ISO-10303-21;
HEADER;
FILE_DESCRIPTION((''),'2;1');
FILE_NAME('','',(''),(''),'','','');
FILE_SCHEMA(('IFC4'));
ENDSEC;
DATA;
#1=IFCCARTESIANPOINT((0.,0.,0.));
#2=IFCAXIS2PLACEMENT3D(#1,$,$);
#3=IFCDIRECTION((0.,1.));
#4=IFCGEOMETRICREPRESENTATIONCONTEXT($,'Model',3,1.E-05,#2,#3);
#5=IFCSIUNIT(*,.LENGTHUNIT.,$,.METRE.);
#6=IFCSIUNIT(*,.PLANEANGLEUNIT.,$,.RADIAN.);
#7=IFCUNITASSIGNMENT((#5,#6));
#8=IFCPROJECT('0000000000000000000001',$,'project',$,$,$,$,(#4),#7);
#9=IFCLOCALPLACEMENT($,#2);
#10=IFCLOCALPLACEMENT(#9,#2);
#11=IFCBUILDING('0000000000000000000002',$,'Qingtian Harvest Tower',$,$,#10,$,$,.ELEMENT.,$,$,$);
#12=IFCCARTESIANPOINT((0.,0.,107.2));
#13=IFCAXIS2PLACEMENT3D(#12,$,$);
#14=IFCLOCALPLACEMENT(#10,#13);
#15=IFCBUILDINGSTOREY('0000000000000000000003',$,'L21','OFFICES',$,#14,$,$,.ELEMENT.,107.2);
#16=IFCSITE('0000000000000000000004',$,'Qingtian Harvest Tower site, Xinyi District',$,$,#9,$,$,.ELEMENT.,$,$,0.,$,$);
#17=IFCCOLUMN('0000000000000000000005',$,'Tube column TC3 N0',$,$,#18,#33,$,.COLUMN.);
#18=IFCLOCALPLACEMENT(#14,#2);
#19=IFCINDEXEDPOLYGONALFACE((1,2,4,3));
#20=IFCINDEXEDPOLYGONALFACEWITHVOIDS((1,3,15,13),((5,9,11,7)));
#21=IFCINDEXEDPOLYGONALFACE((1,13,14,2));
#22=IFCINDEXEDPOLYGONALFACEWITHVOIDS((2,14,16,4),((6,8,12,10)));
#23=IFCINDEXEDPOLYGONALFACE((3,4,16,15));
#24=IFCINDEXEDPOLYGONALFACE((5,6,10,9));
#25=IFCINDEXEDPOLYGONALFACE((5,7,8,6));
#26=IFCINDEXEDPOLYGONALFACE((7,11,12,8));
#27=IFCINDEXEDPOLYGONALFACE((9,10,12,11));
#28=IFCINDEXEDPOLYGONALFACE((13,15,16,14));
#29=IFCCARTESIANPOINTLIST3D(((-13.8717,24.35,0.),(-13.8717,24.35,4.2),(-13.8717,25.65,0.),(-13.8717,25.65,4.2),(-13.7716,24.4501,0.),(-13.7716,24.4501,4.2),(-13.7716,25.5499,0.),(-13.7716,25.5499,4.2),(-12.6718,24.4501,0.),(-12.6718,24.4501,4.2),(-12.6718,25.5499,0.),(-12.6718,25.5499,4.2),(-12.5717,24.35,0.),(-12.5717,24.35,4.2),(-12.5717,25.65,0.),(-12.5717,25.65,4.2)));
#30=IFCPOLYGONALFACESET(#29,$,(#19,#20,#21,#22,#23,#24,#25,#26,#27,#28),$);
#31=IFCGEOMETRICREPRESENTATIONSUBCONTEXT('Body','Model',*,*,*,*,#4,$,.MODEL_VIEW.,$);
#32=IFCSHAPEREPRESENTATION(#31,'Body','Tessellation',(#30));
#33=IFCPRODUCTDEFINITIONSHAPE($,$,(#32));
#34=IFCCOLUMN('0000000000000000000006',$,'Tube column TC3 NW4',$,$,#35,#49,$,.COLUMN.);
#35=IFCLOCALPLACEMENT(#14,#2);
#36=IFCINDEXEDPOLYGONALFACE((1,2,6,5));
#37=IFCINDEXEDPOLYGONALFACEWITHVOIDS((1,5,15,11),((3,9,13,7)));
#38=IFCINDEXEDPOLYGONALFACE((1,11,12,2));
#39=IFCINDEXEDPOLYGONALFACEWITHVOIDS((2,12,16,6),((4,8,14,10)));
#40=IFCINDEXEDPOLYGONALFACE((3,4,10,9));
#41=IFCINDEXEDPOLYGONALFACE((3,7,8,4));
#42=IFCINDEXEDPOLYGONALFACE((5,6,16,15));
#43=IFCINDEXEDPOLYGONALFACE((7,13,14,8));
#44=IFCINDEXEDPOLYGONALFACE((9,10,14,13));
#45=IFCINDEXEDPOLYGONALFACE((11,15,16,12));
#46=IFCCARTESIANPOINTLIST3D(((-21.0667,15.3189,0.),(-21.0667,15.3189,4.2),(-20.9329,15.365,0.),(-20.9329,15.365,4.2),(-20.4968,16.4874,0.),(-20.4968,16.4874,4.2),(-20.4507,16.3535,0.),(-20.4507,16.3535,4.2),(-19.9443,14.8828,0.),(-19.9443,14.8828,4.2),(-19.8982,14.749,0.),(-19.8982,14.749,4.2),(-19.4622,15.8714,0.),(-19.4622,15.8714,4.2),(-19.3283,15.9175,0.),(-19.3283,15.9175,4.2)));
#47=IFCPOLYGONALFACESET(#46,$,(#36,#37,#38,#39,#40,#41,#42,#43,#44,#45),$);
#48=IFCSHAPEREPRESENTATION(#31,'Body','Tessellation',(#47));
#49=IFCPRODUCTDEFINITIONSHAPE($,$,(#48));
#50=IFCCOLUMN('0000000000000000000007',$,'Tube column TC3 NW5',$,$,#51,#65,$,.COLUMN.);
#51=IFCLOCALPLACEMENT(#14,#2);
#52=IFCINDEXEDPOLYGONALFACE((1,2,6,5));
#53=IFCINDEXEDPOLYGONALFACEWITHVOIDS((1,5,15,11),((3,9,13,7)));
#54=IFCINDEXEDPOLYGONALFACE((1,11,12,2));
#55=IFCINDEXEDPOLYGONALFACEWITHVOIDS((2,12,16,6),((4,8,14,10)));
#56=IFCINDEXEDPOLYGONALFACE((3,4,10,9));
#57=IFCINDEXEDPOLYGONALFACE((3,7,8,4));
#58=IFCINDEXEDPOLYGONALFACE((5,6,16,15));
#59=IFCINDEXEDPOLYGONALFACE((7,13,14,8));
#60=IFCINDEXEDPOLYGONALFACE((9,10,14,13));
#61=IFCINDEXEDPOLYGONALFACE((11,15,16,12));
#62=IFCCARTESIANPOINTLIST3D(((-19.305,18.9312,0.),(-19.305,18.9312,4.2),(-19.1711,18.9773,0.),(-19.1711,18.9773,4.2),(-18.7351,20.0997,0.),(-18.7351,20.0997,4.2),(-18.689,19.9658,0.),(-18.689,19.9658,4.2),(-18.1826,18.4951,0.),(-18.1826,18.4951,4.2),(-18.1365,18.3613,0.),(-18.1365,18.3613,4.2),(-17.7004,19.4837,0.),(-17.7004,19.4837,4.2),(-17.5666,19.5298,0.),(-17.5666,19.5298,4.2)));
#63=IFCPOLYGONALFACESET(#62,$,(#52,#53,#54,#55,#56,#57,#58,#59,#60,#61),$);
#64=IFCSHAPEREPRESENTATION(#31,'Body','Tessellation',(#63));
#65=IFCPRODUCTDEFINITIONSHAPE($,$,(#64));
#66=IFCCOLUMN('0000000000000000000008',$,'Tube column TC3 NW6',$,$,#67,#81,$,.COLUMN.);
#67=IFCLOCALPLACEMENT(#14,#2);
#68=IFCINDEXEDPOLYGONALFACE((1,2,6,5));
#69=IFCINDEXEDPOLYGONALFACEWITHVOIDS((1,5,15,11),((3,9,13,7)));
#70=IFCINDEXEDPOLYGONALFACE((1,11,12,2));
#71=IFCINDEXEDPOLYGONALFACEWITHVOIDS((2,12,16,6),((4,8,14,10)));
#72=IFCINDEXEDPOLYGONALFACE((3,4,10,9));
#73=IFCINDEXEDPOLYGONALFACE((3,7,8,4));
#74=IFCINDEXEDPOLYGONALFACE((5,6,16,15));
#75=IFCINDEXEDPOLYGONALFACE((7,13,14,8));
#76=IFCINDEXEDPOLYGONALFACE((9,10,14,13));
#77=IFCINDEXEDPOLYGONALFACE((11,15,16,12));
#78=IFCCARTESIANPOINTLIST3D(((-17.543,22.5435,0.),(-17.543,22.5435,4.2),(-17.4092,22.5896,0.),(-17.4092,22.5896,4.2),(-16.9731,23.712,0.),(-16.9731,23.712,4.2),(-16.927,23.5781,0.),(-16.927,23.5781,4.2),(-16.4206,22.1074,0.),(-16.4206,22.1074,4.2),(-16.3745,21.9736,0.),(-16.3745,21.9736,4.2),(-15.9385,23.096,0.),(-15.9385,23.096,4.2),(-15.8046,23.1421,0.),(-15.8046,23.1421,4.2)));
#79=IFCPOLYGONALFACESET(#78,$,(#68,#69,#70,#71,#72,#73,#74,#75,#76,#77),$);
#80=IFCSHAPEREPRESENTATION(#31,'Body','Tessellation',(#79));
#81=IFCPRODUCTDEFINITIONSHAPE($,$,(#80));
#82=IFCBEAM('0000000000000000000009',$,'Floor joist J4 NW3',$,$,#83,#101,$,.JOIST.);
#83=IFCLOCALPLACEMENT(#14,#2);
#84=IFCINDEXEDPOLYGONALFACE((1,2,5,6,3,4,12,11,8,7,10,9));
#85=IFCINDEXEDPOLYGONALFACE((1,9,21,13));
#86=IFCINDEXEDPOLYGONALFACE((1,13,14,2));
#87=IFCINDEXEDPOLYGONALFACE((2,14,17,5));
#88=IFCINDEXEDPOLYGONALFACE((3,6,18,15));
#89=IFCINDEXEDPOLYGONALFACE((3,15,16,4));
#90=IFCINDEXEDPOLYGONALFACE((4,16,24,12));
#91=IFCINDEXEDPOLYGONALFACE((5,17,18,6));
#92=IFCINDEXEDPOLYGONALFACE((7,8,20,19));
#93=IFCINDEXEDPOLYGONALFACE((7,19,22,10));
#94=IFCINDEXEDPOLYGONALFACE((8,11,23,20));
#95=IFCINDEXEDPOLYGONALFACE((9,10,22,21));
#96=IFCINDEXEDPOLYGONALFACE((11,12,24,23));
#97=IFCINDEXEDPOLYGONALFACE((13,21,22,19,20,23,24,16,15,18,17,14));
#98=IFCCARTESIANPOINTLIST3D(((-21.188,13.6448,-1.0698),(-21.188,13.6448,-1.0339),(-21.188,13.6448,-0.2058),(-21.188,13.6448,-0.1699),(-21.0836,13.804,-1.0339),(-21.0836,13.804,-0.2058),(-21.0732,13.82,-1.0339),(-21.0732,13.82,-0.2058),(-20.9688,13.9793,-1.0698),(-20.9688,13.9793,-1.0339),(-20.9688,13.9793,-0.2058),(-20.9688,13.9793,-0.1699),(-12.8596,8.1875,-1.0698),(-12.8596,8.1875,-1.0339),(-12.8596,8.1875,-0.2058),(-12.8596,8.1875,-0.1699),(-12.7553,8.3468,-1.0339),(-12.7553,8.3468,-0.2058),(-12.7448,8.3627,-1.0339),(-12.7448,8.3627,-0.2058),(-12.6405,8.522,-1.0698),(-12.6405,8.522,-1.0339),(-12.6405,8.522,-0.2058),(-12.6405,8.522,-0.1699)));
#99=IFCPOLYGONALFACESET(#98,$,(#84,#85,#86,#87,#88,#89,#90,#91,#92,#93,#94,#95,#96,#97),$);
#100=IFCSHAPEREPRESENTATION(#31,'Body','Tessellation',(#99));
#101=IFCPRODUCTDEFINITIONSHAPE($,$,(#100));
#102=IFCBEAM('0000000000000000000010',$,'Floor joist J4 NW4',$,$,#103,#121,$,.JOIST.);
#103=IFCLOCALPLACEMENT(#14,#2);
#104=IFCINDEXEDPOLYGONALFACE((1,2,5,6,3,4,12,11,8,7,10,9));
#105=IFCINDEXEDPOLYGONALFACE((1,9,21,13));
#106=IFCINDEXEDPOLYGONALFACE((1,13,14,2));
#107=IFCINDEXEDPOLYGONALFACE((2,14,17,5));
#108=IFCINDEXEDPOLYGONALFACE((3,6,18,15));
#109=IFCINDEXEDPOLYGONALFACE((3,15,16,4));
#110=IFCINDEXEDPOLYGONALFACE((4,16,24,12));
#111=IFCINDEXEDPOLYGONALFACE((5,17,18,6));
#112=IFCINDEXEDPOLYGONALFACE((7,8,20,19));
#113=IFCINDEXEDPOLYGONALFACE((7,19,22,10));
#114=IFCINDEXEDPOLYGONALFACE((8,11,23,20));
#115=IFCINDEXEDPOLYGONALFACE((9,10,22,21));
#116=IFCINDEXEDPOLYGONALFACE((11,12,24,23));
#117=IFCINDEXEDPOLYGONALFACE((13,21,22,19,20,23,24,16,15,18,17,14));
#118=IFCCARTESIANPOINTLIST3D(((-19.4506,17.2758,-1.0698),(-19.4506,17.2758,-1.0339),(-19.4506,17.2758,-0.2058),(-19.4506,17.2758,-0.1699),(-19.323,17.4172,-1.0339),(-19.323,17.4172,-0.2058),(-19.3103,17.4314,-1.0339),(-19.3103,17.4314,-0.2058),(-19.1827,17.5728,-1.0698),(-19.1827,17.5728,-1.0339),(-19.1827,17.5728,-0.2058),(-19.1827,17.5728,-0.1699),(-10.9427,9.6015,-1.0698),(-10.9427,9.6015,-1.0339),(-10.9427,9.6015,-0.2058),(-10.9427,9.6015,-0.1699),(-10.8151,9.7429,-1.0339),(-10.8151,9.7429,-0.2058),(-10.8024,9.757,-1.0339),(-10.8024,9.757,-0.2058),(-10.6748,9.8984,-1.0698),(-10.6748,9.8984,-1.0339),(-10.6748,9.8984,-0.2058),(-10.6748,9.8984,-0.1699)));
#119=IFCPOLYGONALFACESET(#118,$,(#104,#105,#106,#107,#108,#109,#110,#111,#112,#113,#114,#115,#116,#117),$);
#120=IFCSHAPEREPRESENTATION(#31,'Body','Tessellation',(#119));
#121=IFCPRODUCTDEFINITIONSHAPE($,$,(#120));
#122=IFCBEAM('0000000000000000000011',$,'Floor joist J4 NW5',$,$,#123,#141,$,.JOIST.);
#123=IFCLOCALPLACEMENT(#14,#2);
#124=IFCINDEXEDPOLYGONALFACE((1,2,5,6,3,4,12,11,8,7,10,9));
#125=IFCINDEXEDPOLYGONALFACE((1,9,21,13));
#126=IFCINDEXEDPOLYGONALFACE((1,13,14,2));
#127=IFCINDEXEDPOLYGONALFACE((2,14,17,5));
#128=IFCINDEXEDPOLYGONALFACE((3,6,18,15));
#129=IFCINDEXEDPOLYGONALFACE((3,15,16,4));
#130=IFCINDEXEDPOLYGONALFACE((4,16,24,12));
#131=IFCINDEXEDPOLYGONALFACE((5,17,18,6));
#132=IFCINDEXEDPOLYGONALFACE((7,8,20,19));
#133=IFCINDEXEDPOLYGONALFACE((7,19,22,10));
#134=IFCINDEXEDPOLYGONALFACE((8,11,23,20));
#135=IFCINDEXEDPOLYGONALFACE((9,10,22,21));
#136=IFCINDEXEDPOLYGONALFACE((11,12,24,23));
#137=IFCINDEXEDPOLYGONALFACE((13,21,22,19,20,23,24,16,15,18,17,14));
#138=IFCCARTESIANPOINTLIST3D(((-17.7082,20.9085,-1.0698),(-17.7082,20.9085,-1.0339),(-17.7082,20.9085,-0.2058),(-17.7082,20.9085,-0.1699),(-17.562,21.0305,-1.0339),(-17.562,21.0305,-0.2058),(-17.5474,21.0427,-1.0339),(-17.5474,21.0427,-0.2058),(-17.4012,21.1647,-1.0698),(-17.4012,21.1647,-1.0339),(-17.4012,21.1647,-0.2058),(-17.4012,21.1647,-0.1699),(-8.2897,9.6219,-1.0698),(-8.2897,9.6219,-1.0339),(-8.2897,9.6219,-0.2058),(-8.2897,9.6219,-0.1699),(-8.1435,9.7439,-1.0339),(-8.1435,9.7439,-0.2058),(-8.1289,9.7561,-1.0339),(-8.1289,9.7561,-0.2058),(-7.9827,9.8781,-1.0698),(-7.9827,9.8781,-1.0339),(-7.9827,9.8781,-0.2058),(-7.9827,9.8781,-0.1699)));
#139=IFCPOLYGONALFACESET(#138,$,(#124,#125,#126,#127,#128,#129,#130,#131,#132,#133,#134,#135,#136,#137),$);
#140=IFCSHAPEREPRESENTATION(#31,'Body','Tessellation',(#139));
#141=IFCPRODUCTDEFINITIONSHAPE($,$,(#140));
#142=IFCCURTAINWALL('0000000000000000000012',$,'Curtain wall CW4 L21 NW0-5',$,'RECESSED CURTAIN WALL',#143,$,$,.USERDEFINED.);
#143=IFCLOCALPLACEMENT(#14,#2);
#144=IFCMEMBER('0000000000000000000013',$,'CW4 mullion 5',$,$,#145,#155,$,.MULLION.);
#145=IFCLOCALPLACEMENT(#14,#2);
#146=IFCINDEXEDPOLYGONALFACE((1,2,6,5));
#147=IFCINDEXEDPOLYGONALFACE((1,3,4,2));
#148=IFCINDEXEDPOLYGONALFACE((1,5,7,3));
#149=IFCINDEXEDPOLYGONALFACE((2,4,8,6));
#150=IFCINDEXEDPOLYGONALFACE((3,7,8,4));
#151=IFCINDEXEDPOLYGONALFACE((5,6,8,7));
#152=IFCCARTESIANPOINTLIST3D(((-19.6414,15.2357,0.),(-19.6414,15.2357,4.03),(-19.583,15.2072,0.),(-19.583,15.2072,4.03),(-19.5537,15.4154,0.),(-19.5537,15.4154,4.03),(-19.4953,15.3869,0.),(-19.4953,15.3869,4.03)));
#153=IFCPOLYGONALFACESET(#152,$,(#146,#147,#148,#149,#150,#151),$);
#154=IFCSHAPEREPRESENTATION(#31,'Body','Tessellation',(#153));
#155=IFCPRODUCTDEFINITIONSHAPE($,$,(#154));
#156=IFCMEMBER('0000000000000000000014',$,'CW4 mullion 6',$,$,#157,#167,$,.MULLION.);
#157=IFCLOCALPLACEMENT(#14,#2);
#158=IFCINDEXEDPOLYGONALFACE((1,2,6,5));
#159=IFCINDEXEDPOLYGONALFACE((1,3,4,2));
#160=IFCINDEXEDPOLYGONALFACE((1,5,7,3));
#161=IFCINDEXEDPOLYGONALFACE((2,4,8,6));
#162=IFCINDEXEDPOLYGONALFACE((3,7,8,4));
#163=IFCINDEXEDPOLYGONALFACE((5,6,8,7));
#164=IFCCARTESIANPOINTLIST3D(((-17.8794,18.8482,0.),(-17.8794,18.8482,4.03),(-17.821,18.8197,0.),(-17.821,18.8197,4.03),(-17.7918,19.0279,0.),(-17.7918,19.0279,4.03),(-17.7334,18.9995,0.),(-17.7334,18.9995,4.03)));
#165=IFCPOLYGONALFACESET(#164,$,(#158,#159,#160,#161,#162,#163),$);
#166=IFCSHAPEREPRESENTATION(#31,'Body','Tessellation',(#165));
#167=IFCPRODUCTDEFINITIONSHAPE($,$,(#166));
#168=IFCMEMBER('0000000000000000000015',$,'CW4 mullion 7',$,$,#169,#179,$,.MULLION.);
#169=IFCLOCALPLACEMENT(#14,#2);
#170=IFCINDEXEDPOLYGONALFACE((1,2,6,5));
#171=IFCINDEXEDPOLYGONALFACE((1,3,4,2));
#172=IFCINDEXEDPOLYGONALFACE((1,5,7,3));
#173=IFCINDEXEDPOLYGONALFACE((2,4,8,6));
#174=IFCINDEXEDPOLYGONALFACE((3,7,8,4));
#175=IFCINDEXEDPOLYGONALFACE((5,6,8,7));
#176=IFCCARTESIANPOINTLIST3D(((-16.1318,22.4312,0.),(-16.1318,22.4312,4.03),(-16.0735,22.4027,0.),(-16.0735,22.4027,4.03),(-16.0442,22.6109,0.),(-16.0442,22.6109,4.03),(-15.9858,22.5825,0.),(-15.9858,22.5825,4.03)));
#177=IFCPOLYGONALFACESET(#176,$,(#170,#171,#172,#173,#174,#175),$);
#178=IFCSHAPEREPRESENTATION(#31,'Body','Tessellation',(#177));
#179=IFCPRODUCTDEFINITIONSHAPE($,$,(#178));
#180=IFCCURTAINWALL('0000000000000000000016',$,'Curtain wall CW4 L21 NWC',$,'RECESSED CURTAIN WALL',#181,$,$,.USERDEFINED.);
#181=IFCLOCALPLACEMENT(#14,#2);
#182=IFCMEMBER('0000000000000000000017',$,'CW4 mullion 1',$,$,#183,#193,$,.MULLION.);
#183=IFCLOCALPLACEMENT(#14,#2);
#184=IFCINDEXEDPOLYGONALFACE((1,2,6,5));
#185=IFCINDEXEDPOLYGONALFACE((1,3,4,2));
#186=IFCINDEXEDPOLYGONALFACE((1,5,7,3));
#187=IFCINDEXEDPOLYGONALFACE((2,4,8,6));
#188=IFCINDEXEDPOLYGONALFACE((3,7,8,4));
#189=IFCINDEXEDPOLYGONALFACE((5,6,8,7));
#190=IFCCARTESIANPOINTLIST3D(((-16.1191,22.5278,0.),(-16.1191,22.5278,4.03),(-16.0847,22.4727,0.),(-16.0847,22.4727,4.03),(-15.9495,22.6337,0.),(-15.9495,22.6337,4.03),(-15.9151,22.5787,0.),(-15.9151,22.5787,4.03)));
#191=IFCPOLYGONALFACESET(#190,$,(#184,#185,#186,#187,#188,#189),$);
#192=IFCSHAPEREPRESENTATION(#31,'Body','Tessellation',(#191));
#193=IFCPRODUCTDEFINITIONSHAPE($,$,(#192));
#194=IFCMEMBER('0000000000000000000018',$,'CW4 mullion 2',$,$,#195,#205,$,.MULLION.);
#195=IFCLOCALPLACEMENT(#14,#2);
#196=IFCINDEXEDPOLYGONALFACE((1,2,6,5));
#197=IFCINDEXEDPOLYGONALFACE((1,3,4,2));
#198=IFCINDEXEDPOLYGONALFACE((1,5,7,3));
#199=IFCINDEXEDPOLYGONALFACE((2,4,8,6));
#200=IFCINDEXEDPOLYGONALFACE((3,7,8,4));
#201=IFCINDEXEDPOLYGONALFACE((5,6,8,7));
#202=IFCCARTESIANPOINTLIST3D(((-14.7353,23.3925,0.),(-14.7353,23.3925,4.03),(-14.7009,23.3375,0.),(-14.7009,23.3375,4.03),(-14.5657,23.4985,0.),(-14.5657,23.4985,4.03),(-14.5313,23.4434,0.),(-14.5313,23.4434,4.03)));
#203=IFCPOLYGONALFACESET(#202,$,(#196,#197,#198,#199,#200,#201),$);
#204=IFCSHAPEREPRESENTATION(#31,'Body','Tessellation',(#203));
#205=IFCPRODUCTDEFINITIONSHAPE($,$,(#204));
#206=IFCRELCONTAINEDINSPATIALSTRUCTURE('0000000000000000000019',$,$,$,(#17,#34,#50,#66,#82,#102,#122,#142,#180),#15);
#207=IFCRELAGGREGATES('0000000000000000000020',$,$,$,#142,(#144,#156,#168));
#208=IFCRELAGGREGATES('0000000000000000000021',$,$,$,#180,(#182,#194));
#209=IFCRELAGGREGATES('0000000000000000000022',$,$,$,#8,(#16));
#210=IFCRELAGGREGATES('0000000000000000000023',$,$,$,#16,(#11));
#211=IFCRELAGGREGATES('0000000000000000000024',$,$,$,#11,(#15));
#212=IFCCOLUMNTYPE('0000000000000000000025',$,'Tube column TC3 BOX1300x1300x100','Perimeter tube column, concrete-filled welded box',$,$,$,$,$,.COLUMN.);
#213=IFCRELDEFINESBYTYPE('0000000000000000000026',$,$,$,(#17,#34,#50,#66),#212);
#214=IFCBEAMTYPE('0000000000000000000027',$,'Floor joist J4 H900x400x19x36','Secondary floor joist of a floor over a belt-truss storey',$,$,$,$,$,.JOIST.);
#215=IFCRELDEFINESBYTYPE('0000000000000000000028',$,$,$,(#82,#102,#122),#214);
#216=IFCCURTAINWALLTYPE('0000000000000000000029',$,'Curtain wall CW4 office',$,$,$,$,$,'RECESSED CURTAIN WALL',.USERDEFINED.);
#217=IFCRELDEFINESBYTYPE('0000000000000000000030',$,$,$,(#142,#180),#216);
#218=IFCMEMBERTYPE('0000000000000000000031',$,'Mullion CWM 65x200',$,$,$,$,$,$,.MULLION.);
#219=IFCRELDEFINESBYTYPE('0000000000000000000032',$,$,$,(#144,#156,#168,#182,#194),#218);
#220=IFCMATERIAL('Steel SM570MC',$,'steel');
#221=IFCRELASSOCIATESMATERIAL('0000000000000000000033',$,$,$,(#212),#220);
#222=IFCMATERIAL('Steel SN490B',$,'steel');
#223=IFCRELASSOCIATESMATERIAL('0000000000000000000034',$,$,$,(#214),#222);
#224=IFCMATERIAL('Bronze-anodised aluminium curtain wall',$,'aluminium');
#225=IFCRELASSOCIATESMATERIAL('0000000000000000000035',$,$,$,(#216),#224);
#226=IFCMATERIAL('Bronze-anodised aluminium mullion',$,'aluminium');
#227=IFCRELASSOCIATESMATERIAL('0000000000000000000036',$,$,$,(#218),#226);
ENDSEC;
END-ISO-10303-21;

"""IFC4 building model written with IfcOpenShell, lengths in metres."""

from ifc_helpers import new_model, si_unit, direction, frame, origin, origin_2d, place, context, subcontext, project, spatial, rectangle, hollow_rectangle, i_section, extrude, material, material_profile, profile_set, type_object, element, aggregate, save


model = new_model("IFC4")

# Units and contexts
model_context = context("Model", 3, precision=1e-05, world=origin(), true_north=direction((0.0, 1.0)))
body_context = subcontext(model_context, "Body", "Model", "MODEL_VIEW")
ifc_project = project(units=[si_unit("LENGTHUNIT", "METRE"), si_unit("PLANEANGLEUNIT", "RADIAN")], contexts=[model_context])

# Site, building, storey
site_placement = place(None, origin())
site = spatial("IfcSite", under=ifc_project, at=site_placement, Name="Qingtian Harvest Tower site, Xinyi District", CompositionType="ELEMENT", RefElevation=0.0)
building_placement = place(site_placement, origin())
building = spatial("IfcBuilding", under=site, at=building_placement, Name="Qingtian Harvest Tower", CompositionType="ELEMENT")
storey_placement = place(building_placement, frame((0.0, 0.0, 107.2)))
storey = spatial("IfcBuildingStorey", under=building, at=storey_placement, Name="L21", Description="OFFICES", CompositionType="ELEMENT", Elevation=107.2)

# Columns
ifc_material_1 = material(Name="Steel SM570MC", Category="steel")
ifc_material_profile_1 = material_profile(ifc_material_1, hollow_rectangle(XDim=1.3, YDim=1.3, WallThickness=0.1001, at=origin_2d()), Name="BOX1300x1300x100")
ifc_profile_set_1 = profile_set([ifc_material_profile_1], Name="Steel SM570MC")
column_type = type_object("IfcColumnType", Name="Tube column TC3 BOX1300x1300x100", Description="Perimeter tube column, concrete-filled welded box", PredefinedType="COLUMN", material=ifc_profile_set_1)
for number, where, z_axis, x_axis, name in (
    (1, (-13.2217, 25.0, 0.0), (0.0, 0.0, 1.0), (-1.0, 0.0, 0.0), "Tube column TC3 N0"),
    (2, (-20.1975, 15.6182, 0.0), (0.0, 0.0, 1.0), (-0.438371, -0.898794, 0.0), "Tube column TC3 NW4"),
    (3, (-18.4358, 19.2305, 0.0), (0.0, 0.0, 1.0), (-0.438371, -0.898794, 0.0), "Tube column TC3 NW5"),
    (4, (-16.6738, 22.8428, 0.0), (0.0, 0.0, 1.0), (-0.438371, -0.898794, 0.0), "Tube column TC3 NW6"),
):
    element("IfcColumn", number, at=place(storey_placement, frame(where, z_axis=z_axis, x_axis=x_axis)), inside=storey, type_object=column_type, Name=name, PredefinedType="COLUMN", context=body_context, shape_type="SweptSolid", body=[
        extrude(hollow_rectangle(XDim=1.3, YDim=1.3, WallThickness=0.1001, at=origin_2d()), origin(), (0.0, 0.0, 1.0), 4.2),
    ])

# Beams
ifc_material_2 = material(Name="Steel SN490B", Category="steel")
ifc_material_profile_2 = material_profile(ifc_material_2, i_section(OverallWidth=0.3999, OverallDepth=0.8999, WebThickness=0.019, FlangeThickness=0.0359, at=origin_2d()), Name="H900x400x19x36")
ifc_profile_set_2 = profile_set([ifc_material_profile_2], Name="Steel SN490B")
beam_type_1 = type_object("IfcBeamType", Name="Floor joist J4 H900x400x19x36", Description="Secondary floor joist of a floor over a belt-truss storey", PredefinedType="JOIST", material=ifc_profile_set_2)
beam_1_placement = place(storey_placement, frame((-21.0784, 13.812, -0.6199), z_axis=(0.836426, -0.548079, 0.0), x_axis=(0.548079, 0.836426, 0.0)))
element("IfcBeam", 5, at=beam_1_placement, inside=storey, type_object=beam_type_1, Name="Floor joist J4 NW3", PredefinedType="JOIST", context=body_context, shape_type="SweptSolid", body=[
    extrude(i_section(OverallWidth=0.3999, OverallDepth=0.8999, WebThickness=0.019, FlangeThickness=0.0359, at=origin_2d()), origin(), (0.0, 0.0, 1.0), 9.957),
])
beam_2_placement = place(storey_placement, frame((-19.3167, 17.4243, -0.6199), z_axis=(0.742544, -0.669798, 0.0), x_axis=(0.669798, 0.742544, 0.0)))
element("IfcBeam", 6, at=beam_2_placement, inside=storey, type_object=beam_type_1, Name="Floor joist J4 NW4", PredefinedType="JOIST", context=body_context, shape_type="SweptSolid", body=[
    extrude(i_section(OverallWidth=0.3999, OverallDepth=0.8999, WebThickness=0.019, FlangeThickness=0.0359, at=origin_2d()), origin(), (0.0, 0.0, 1.0), 11.4578),
])
beam_3_placement = place(storey_placement, frame((-17.5547, 21.0366, -0.6199), z_axis=(0.640704, -0.767788, 0.0), x_axis=(0.767788, 0.640704, 0.0)))
element("IfcBeam", 7, at=beam_3_placement, inside=storey, type_object=beam_type_1, Name="Floor joist J4 NW5", PredefinedType="JOIST", context=body_context, shape_type="SweptSolid", body=[
    extrude(i_section(OverallWidth=0.3999, OverallDepth=0.8999, WebThickness=0.019, FlangeThickness=0.0359, at=origin_2d()), origin(), (0.0, 0.0, 1.0), 14.7002),
])

# Curtain walls, members
ifc_material_3 = material(Name="Bronze-anodised aluminium curtain wall", Category="aluminium")
curtain_wall_type = type_object("IfcCurtainWallType", Name="Curtain wall CW4 office", ElementType="RECESSED CURTAIN WALL", PredefinedType="USERDEFINED", material=ifc_material_3)
curtain_wall_1_placement = place(storey_placement, origin())
curtain_wall_1 = element("IfcCurtainWall", 8, at=curtain_wall_1_placement, inside=storey, type_object=curtain_wall_type, Name="Curtain wall CW4 L21 NW0-5", ObjectType="RECESSED CURTAIN WALL", PredefinedType="USERDEFINED")
ifc_material_4 = material(Name="Bronze-anodised aluminium mullion", Category="aluminium")
ifc_material_profile_3 = material_profile(ifc_material_4, rectangle(XDim=0.0649, YDim=0.2, at=origin_2d()), Name="AL 65x200")
ifc_profile_set_3 = profile_set([ifc_material_profile_3], Name="Bronze-anodised aluminium mullion")
member_type_1 = type_object("IfcMemberType", Name="Mullion CWM 65x200", PredefinedType="MULLION", material=ifc_profile_set_3)
member_1_placement = place(storey_placement, frame((-19.5684, 15.3113, 0.0), z_axis=(0.0, 0.0, 1.0), x_axis=(-0.898794, 0.438371, 0.0)))
member_1 = element("IfcMember", 9, at=member_1_placement, type_object=member_type_1, Name="CW4 mullion 5", PredefinedType="MULLION", context=body_context, shape_type="SweptSolid", body=[
    extrude(rectangle(XDim=0.0649, YDim=0.2, at=origin_2d()), origin(), (0.0, 0.0, 1.0), 4.03),
])
member_2_placement = place(storey_placement, frame((-17.8064, 18.9238, 0.0), z_axis=(0.0, 0.0, 1.0), x_axis=(-0.898794, 0.438371, 0.0)))
member_2 = element("IfcMember", 10, at=member_2_placement, type_object=member_type_1, Name="CW4 mullion 6", PredefinedType="MULLION", context=body_context, shape_type="SweptSolid", body=[
    extrude(rectangle(XDim=0.0649, YDim=0.2, at=origin_2d()), origin(), (0.0, 0.0, 1.0), 4.03),
])
member_3_placement = place(storey_placement, frame((-16.0588, 22.5068, 0.0), z_axis=(0.0, 0.0, 1.0), x_axis=(-0.898794, 0.438371, 0.0)))
member_3 = element("IfcMember", 11, at=member_3_placement, type_object=member_type_1, Name="CW4 mullion 7", PredefinedType="MULLION", context=body_context, shape_type="SweptSolid", body=[
    extrude(rectangle(XDim=0.0649, YDim=0.2, at=origin_2d()), origin(), (0.0, 0.0, 1.0), 4.03),
])
curtain_wall_2_placement = place(storey_placement, origin())
curtain_wall_2 = element("IfcCurtainWall", 12, at=curtain_wall_2_placement, inside=storey, type_object=curtain_wall_type, Name="Curtain wall CW4 L21 NWC", ObjectType="RECESSED CURTAIN WALL", PredefinedType="USERDEFINED")
member_4_placement = place(storey_placement, frame((-16.0171, 22.5532, 0.0), z_axis=(0.0, 0.0, 1.0), x_axis=(-0.529919, 0.848048, 0.0)))
member_4 = element("IfcMember", 13, at=member_4_placement, type_object=member_type_1, Name="CW4 mullion 1", PredefinedType="MULLION", context=body_context, shape_type="SweptSolid", body=[
    extrude(rectangle(XDim=0.0649, YDim=0.2, at=origin_2d()), origin(), (0.0, 0.0, 1.0), 4.03),
])
member_5_placement = place(storey_placement, frame((-14.6333, 23.418, 0.0), z_axis=(0.0, 0.0, 1.0), x_axis=(-0.529919, 0.848048, 0.0)))
member_5 = element("IfcMember", 14, at=member_5_placement, type_object=member_type_1, Name="CW4 mullion 2", PredefinedType="MULLION", context=body_context, shape_type="SweptSolid", body=[
    extrude(rectangle(XDim=0.0649, YDim=0.2, at=origin_2d()), origin(), (0.0, 0.0, 1.0), 4.03),
])

aggregate(curtain_wall_1, [member_1, member_2, member_3])
aggregate(curtain_wall_2, [member_4, member_5])

save(model, "model.ifc")
